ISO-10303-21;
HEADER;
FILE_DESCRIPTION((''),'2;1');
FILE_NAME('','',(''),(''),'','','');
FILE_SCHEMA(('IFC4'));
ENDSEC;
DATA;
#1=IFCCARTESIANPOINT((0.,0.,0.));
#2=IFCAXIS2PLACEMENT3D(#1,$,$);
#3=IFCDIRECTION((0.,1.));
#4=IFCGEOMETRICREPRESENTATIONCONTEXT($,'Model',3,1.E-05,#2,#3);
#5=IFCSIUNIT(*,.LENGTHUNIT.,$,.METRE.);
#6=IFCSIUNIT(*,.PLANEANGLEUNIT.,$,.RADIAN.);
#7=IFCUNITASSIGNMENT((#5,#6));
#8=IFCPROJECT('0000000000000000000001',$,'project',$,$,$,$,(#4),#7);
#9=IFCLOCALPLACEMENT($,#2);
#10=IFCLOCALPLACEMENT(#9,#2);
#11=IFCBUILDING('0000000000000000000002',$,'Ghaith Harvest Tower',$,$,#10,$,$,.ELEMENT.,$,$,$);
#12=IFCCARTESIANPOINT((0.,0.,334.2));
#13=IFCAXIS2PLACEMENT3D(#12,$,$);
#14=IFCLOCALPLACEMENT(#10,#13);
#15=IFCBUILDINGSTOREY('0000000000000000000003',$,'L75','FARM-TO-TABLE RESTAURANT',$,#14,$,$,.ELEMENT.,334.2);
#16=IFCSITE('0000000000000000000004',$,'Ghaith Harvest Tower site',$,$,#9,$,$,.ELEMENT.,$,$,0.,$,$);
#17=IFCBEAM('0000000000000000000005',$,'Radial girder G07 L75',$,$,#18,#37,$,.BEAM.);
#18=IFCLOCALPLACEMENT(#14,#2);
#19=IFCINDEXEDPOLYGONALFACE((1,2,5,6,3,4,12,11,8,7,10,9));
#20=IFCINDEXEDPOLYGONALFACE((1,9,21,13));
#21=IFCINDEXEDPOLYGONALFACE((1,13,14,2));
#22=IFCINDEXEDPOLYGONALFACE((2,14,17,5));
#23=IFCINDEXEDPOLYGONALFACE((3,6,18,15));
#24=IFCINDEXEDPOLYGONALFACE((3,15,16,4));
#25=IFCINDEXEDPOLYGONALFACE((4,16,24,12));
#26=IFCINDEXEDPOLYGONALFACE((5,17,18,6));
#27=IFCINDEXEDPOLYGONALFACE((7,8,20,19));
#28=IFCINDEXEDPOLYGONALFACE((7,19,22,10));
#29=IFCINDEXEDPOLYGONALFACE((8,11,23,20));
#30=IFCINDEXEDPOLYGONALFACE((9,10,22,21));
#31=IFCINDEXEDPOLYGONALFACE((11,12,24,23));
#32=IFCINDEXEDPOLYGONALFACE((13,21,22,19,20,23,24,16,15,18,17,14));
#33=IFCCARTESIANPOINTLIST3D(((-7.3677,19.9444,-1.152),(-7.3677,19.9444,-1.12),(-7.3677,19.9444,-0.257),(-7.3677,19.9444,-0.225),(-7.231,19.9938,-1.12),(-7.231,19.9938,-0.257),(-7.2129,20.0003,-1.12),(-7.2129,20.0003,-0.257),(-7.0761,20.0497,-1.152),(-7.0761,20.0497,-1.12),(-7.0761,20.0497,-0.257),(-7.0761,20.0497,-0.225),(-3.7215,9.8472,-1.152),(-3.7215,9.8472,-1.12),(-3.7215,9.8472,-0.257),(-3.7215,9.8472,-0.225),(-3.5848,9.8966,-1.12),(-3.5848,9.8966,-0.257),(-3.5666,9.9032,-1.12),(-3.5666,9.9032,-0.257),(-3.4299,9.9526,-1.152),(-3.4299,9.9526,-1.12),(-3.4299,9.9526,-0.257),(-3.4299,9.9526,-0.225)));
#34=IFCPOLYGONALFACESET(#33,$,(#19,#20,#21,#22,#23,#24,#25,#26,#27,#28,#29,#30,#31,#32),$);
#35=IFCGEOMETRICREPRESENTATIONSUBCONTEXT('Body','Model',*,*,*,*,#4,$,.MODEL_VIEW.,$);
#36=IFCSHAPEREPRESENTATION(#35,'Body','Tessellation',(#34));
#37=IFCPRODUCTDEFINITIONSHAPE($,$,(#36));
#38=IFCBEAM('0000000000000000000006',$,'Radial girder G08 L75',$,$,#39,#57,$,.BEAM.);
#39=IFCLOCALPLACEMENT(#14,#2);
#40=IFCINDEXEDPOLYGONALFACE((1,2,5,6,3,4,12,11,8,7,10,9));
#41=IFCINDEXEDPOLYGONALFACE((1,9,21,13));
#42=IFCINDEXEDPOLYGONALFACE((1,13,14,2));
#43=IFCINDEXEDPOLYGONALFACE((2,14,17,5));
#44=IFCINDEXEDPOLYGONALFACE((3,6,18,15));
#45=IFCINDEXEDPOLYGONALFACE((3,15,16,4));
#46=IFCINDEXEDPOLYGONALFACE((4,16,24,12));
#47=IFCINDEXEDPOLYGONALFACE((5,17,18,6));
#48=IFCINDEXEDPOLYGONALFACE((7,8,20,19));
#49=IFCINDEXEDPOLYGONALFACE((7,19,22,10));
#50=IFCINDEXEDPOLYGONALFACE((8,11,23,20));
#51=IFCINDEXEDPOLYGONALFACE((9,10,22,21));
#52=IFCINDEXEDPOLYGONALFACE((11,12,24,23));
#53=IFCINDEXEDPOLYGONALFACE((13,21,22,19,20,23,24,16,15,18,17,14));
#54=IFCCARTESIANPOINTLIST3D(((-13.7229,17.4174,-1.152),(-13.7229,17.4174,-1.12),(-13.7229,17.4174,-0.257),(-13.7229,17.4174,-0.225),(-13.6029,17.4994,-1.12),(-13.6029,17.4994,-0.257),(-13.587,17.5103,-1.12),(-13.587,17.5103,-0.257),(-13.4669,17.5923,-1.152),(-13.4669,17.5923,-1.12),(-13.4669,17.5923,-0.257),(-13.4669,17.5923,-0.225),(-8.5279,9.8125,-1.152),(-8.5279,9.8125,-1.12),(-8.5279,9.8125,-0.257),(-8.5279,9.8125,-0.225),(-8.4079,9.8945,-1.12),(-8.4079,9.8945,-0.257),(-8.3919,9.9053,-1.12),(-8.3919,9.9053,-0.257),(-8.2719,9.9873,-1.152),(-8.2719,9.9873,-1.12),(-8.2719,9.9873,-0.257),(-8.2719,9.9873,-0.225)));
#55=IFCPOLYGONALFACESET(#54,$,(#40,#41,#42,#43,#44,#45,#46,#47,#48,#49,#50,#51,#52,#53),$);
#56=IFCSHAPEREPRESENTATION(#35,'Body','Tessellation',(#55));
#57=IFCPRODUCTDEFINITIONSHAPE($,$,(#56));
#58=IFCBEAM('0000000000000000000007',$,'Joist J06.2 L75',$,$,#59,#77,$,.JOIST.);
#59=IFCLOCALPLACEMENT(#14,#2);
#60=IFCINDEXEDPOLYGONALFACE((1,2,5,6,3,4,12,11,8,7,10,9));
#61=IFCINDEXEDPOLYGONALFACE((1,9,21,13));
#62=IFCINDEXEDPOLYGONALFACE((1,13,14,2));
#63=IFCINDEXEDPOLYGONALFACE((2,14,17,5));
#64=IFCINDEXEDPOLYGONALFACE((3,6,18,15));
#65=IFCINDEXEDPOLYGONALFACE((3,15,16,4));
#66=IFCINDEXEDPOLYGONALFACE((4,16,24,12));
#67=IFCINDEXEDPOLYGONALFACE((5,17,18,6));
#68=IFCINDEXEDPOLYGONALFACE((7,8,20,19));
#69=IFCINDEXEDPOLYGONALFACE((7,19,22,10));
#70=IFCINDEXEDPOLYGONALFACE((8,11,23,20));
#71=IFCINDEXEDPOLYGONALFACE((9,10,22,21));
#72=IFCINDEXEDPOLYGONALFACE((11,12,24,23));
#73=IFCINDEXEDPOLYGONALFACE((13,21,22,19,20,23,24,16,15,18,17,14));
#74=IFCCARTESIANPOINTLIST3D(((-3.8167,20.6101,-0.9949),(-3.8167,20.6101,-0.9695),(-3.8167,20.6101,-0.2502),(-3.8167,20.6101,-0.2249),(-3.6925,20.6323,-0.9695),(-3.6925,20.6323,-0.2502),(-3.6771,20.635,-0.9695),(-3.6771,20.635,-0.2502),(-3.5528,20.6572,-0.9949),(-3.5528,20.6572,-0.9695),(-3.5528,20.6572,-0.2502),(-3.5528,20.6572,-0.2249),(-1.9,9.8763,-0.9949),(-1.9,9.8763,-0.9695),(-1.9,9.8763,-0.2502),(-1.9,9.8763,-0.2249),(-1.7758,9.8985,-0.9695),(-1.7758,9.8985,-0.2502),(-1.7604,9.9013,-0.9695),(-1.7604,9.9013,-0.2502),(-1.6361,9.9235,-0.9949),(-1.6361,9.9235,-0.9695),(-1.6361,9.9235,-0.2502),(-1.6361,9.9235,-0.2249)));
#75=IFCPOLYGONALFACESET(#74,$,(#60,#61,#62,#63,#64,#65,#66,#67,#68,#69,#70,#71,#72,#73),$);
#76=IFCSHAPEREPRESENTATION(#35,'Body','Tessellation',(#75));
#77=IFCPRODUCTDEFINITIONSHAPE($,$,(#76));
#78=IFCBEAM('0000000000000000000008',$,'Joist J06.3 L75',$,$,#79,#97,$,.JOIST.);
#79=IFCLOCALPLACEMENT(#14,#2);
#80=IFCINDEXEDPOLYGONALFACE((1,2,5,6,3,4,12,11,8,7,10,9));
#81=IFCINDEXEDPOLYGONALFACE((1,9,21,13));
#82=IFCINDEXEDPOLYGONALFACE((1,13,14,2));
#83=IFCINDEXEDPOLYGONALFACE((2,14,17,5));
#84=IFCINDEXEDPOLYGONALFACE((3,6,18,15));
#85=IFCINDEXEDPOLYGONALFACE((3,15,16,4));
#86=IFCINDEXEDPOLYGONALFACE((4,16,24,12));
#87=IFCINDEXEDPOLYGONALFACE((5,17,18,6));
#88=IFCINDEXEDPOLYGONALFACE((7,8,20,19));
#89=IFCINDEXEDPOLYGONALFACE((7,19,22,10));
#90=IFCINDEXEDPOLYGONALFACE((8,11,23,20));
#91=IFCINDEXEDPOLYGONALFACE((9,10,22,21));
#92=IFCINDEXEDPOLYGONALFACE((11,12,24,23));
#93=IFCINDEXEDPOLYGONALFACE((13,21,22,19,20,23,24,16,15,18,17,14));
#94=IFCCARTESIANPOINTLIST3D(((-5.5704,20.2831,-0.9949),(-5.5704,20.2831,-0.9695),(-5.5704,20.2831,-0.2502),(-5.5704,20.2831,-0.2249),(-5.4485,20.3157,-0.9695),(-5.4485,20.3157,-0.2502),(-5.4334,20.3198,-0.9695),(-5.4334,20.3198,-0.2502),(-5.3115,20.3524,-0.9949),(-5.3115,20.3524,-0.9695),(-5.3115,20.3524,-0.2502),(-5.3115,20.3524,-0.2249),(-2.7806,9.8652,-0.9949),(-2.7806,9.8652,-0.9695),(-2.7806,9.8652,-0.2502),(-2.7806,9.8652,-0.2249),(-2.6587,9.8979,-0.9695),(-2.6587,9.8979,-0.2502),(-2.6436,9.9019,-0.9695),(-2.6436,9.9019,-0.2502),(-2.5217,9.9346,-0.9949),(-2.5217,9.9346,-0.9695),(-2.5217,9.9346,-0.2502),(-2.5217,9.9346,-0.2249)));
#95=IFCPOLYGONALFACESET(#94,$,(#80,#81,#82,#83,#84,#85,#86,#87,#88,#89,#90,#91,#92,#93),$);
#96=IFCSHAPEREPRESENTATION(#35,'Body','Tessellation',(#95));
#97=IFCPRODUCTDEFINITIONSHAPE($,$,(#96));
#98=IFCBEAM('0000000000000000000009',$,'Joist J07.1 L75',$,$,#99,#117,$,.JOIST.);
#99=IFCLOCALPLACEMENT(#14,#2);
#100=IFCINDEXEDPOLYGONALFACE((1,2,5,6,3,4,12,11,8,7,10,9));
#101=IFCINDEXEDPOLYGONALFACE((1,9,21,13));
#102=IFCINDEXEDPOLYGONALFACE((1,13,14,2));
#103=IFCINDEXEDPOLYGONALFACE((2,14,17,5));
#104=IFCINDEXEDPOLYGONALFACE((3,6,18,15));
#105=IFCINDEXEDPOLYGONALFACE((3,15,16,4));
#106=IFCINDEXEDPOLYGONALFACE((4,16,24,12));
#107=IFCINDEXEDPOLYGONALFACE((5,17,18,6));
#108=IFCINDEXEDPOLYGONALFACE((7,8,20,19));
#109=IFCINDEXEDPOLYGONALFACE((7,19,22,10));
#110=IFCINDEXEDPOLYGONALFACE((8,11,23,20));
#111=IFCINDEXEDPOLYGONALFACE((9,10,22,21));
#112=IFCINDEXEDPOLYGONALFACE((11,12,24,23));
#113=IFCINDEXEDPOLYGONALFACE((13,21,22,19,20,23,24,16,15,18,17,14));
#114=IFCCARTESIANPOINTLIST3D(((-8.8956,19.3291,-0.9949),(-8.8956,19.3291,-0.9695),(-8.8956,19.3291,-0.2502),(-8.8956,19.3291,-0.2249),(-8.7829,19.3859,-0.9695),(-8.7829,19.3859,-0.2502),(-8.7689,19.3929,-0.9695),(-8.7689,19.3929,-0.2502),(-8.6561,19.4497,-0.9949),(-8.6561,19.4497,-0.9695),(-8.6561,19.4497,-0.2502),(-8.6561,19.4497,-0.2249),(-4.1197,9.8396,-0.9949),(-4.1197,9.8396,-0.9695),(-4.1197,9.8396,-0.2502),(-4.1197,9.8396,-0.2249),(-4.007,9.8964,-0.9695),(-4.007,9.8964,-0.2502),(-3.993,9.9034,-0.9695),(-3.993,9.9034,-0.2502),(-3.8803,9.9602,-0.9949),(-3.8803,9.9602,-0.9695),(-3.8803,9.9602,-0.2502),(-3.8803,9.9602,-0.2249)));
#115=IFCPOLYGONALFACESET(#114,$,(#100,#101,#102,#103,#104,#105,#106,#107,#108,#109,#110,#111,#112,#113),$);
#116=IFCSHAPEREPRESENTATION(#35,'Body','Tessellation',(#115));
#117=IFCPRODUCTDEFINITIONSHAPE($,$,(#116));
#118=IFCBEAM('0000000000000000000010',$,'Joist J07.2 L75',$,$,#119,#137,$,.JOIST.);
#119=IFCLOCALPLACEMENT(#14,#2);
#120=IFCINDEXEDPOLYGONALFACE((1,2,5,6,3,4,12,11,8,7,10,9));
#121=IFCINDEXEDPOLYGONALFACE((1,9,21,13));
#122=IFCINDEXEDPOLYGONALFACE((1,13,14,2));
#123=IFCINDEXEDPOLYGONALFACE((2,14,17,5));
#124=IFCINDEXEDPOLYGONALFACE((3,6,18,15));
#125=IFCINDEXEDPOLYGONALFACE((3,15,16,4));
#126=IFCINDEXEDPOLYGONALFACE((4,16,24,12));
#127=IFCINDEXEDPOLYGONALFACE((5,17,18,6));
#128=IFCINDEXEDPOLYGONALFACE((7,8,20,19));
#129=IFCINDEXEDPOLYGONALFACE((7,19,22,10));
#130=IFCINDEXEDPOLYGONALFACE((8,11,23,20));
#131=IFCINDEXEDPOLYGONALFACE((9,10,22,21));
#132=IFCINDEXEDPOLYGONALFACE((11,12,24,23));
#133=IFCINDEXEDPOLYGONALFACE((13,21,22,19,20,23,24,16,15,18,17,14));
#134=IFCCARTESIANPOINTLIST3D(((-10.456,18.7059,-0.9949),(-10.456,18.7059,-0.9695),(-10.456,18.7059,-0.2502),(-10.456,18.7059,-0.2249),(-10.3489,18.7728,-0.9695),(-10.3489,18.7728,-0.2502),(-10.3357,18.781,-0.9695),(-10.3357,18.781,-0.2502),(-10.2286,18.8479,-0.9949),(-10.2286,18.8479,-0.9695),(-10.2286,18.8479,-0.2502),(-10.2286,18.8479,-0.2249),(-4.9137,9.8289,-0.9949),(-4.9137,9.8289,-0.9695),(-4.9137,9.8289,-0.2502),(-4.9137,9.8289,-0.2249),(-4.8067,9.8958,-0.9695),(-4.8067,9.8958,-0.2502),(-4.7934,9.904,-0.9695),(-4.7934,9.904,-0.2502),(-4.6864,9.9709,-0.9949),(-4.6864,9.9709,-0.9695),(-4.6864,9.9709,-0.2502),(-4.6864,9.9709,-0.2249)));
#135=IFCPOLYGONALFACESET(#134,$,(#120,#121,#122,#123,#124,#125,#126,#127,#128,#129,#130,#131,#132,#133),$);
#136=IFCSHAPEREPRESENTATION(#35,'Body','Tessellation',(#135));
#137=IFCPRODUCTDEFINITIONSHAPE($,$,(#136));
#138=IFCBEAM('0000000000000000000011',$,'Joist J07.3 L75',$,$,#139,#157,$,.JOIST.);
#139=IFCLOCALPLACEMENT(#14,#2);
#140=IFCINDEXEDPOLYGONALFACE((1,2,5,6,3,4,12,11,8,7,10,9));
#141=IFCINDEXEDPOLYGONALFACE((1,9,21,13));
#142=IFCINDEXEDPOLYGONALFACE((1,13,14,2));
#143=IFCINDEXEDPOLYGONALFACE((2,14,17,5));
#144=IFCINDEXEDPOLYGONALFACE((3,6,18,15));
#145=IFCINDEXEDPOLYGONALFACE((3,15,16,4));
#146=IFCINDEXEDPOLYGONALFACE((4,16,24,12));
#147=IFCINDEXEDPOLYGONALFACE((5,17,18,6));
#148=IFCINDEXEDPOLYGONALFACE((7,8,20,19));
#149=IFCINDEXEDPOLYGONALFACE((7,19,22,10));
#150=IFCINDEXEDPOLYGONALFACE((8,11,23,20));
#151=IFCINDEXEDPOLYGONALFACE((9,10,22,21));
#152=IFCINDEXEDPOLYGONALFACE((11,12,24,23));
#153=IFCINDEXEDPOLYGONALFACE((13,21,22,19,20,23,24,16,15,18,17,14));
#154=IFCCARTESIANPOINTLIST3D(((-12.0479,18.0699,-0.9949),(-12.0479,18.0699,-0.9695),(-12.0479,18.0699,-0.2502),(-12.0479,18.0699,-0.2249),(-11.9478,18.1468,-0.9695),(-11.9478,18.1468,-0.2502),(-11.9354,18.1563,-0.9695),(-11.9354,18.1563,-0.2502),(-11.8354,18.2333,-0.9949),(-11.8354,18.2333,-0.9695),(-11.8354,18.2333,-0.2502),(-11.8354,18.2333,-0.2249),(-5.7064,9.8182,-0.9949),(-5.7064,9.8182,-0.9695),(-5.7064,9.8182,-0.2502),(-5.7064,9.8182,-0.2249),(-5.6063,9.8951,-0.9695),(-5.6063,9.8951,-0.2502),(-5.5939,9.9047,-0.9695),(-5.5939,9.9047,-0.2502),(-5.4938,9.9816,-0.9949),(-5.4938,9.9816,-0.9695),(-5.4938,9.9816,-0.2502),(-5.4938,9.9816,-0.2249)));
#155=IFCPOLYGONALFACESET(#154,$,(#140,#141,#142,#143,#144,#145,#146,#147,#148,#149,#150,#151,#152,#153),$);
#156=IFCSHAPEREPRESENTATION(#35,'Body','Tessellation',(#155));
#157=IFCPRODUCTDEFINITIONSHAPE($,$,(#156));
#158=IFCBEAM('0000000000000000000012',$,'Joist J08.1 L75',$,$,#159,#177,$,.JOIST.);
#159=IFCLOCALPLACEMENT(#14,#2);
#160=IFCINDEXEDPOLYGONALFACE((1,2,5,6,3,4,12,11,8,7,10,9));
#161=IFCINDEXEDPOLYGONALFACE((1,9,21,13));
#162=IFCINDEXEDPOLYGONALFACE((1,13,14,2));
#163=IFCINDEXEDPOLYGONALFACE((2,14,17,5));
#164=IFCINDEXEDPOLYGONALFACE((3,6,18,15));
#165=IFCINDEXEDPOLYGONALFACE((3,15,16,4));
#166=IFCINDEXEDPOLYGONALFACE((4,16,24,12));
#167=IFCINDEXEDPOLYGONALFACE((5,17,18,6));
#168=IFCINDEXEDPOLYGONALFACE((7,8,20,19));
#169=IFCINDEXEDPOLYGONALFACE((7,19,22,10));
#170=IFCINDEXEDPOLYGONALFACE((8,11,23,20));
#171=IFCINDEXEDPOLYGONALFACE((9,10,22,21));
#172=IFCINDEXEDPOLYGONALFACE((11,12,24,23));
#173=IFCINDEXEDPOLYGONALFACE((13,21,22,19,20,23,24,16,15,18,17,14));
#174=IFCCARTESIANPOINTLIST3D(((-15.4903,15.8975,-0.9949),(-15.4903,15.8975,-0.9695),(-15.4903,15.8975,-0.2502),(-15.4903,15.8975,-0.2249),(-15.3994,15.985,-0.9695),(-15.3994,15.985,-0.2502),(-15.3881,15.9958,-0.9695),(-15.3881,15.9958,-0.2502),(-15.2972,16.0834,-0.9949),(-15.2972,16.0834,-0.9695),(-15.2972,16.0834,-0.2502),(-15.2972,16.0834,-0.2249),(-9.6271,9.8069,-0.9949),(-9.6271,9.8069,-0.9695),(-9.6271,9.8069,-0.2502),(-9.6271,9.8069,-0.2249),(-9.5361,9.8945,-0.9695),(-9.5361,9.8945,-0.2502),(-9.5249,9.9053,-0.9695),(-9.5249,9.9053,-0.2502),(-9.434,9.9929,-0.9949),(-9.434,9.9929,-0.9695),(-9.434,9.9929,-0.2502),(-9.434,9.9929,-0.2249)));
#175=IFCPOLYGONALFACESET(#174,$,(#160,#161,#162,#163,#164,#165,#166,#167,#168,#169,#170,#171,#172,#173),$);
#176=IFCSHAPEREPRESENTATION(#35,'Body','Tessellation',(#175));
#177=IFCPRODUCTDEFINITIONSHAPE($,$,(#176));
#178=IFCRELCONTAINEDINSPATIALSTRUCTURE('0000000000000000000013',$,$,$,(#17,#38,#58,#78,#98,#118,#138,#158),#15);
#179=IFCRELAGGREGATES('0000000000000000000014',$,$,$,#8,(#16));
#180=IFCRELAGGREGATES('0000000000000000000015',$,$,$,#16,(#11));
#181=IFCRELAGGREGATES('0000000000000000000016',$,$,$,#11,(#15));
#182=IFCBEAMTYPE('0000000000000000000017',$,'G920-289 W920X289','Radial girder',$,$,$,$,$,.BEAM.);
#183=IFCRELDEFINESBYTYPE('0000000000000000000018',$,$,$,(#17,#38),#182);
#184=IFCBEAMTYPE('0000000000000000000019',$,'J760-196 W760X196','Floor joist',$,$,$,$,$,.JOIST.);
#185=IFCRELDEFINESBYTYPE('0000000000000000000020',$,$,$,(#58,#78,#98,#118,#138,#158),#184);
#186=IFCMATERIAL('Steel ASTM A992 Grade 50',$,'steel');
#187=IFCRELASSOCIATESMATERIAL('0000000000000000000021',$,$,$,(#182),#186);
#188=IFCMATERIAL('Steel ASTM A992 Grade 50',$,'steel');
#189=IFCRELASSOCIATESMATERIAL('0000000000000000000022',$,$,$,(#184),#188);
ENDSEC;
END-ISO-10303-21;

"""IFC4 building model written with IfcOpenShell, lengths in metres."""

from ifc_helpers import new_model, si_unit, direction, frame, origin, origin_2d, place, context, subcontext, project, spatial, i_section, extrude, material, material_profile, profile_set, type_object, element, save


model = new_model("IFC4")

# Units and contexts
model_context = context("Model", 3, precision=1e-05, world=origin(), true_north=direction((0.0, 1.0)))
body_context = subcontext(model_context, "Body", "Model", "MODEL_VIEW")
ifc_project = project(units=[si_unit("LENGTHUNIT", "METRE"), si_unit("PLANEANGLEUNIT", "RADIAN")], contexts=[model_context])

# Site, building, storey
site_placement = place(None, origin())
site = spatial("IfcSite", under=ifc_project, at=site_placement, Name="Ghaith Harvest Tower site", CompositionType="ELEMENT", RefElevation=0.0)
building_placement = place(site_placement, origin())
building = spatial("IfcBuilding", under=site, at=building_placement, Name="Ghaith Harvest Tower", CompositionType="ELEMENT")
storey_placement = place(building_placement, frame((0.0, 0.0, 334.2)))
storey = spatial("IfcBuildingStorey", under=building, at=storey_placement, Name="L75", Description="FARM-TO-TABLE RESTAURANT", CompositionType="ELEMENT", Elevation=334.2)

# Beams
ifc_material_1 = material(Name="Steel ASTM A992 Grade 50", Category="steel")
ifc_material_profile_1 = material_profile(ifc_material_1, i_section(OverallWidth=0.3101, OverallDepth=0.927, WebThickness=0.0193, FlangeThickness=0.032, at=origin_2d()), Name="W920X289")
ifc_profile_set_1 = profile_set([ifc_material_profile_1], Name="Steel ASTM A992 Grade 50")
beam_type_1 = type_object("IfcBeamType", Name="G920-289 W920X289", Description="Radial girder", PredefinedType="BEAM", material=ifc_profile_set_1)
beam_1_placement = place(storey_placement, frame((-3.5757, 9.8999, -0.6885), z_axis=(-0.339648, 0.940553, 0.0), x_axis=(-0.940553, -0.339648, 0.0)))
element("IfcBeam", 1, at=beam_1_placement, inside=storey, type_object=beam_type_1, Name="Radial girder G07 L75", PredefinedType="BEAM", context=body_context, shape_type="SweptSolid", body=[
    extrude(i_section(OverallWidth=0.3101, OverallDepth=0.927, WebThickness=0.0193, FlangeThickness=0.032, at=origin_2d()), origin(), (0.0, 0.0, 1.0), 10.7354),
])
beam_2_placement = place(storey_placement, frame((-8.3999, 9.8999, -0.6885), z_axis=(-0.564067, 0.825729, 0.0), x_axis=(-0.825729, -0.564067, 0.0)))
element("IfcBeam", 2, at=beam_2_placement, inside=storey, type_object=beam_type_1, Name="Radial girder G08 L75", PredefinedType="BEAM", context=body_context, shape_type="SweptSolid", body=[
    extrude(i_section(OverallWidth=0.3101, OverallDepth=0.927, WebThickness=0.0193, FlangeThickness=0.032, at=origin_2d()), origin(), (0.0, 0.0, 1.0), 9.21),
])
ifc_material_2 = material(Name="Steel ASTM A992 Grade 50", Category="steel")
ifc_material_profile_2 = material_profile(ifc_material_2, i_section(OverallWidth=0.2681, OverallDepth=0.77, WebThickness=0.0156, FlangeThickness=0.0254, at=origin_2d()), Name="W760X196")
ifc_profile_set_2 = profile_set([ifc_material_profile_2], Name="Steel ASTM A992 Grade 50")
beam_type_2 = type_object("IfcBeamType", Name="J760-196 W760X196", Description="Floor joist", PredefinedType="JOIST", material=ifc_profile_set_2)
beam_3_placement = place(storey_placement, frame((-1.7681, 9.8999, -0.6099), z_axis=(-0.175789, 0.984428, 0.0), x_axis=(-0.984428, -0.175789, 0.0)))
element("IfcBeam", 3, at=beam_3_placement, inside=storey, type_object=beam_type_2, Name="Joist J06.2 L75", PredefinedType="JOIST", context=body_context, shape_type="SweptSolid", body=[
    extrude(i_section(OverallWidth=0.2681, OverallDepth=0.77, WebThickness=0.0156, FlangeThickness=0.0254, at=origin_2d()), origin(), (0.0, 0.0, 1.0), 10.9036),
])
beam_4_placement = place(storey_placement, frame((-2.6511, 9.8999, -0.6099), z_axis=(-0.258678, 0.965964, 0.0), x_axis=(-0.965964, -0.258678, 0.0)))
element("IfcBeam", 4, at=beam_4_placement, inside=storey, type_object=beam_type_2, Name="Joist J06.3 L75", PredefinedType="JOIST", context=body_context, shape_type="SweptSolid", body=[
    extrude(i_section(OverallWidth=0.2681, OverallDepth=0.77, WebThickness=0.0156, FlangeThickness=0.0254, at=origin_2d()), origin(), (0.0, 0.0, 1.0), 10.7849),
])
beam_5_placement = place(storey_placement, frame((-4.0, 9.8999, -0.6099), z_axis=(-0.449556, 0.893252, 0.0), x_axis=(-0.893252, -0.449556, 0.0)))
element("IfcBeam", 5, at=beam_5_placement, inside=storey, type_object=beam_type_2, Name="Joist J07.1 L75", PredefinedType="JOIST", context=body_context, shape_type="SweptSolid", body=[
    extrude(i_section(OverallWidth=0.2681, OverallDepth=0.77, WebThickness=0.0156, FlangeThickness=0.0254, at=origin_2d()), origin(), (0.0, 0.0, 1.0), 10.6235),
])
beam_6_placement = place(storey_placement, frame((-4.8, 9.8999, -0.6099), z_axis=(-0.529596, 0.84825, 0.0), x_axis=(-0.84825, -0.529596, 0.0)))
element("IfcBeam", 6, at=beam_6_placement, inside=storey, type_object=beam_type_2, Name="Joist J07.2 L75", PredefinedType="JOIST", context=body_context, shape_type="SweptSolid", body=[
    extrude(i_section(OverallWidth=0.2681, OverallDepth=0.77, WebThickness=0.0156, FlangeThickness=0.0254, at=origin_2d()), origin(), (0.0, 0.0, 1.0), 10.4651),
])
beam_7_placement = place(storey_placement, frame((-5.6001, 9.8999, -0.6099), z_axis=(-0.609354, 0.792899, 0.0), x_axis=(-0.792899, -0.609354, 0.0)))
element("IfcBeam", 7, at=beam_7_placement, inside=storey, type_object=beam_type_2, Name="Joist J07.3 L75", PredefinedType="JOIST", context=body_context, shape_type="SweptSolid", body=[
    extrude(i_section(OverallWidth=0.2681, OverallDepth=0.77, WebThickness=0.0156, FlangeThickness=0.0254, at=origin_2d()), origin(), (0.0, 0.0, 1.0), 10.407),
])
beam_8_placement = place(storey_placement, frame((-9.5305, 9.8999, -0.6099), z_axis=(-0.693536, 0.720422, 0.0), x_axis=(-0.720422, -0.693536, 0.0)))
element("IfcBeam", 8, at=beam_8_placement, inside=storey, type_object=beam_type_2, Name="Joist J08.1 L75", PredefinedType="JOIST", context=body_context, shape_type="SweptSolid", body=[
    extrude(i_section(OverallWidth=0.2681, OverallDepth=0.77, WebThickness=0.0156, FlangeThickness=0.0254, at=origin_2d()), origin(), (0.0, 0.0, 1.0), 8.4541),
])

save(model, "model.ifc")
